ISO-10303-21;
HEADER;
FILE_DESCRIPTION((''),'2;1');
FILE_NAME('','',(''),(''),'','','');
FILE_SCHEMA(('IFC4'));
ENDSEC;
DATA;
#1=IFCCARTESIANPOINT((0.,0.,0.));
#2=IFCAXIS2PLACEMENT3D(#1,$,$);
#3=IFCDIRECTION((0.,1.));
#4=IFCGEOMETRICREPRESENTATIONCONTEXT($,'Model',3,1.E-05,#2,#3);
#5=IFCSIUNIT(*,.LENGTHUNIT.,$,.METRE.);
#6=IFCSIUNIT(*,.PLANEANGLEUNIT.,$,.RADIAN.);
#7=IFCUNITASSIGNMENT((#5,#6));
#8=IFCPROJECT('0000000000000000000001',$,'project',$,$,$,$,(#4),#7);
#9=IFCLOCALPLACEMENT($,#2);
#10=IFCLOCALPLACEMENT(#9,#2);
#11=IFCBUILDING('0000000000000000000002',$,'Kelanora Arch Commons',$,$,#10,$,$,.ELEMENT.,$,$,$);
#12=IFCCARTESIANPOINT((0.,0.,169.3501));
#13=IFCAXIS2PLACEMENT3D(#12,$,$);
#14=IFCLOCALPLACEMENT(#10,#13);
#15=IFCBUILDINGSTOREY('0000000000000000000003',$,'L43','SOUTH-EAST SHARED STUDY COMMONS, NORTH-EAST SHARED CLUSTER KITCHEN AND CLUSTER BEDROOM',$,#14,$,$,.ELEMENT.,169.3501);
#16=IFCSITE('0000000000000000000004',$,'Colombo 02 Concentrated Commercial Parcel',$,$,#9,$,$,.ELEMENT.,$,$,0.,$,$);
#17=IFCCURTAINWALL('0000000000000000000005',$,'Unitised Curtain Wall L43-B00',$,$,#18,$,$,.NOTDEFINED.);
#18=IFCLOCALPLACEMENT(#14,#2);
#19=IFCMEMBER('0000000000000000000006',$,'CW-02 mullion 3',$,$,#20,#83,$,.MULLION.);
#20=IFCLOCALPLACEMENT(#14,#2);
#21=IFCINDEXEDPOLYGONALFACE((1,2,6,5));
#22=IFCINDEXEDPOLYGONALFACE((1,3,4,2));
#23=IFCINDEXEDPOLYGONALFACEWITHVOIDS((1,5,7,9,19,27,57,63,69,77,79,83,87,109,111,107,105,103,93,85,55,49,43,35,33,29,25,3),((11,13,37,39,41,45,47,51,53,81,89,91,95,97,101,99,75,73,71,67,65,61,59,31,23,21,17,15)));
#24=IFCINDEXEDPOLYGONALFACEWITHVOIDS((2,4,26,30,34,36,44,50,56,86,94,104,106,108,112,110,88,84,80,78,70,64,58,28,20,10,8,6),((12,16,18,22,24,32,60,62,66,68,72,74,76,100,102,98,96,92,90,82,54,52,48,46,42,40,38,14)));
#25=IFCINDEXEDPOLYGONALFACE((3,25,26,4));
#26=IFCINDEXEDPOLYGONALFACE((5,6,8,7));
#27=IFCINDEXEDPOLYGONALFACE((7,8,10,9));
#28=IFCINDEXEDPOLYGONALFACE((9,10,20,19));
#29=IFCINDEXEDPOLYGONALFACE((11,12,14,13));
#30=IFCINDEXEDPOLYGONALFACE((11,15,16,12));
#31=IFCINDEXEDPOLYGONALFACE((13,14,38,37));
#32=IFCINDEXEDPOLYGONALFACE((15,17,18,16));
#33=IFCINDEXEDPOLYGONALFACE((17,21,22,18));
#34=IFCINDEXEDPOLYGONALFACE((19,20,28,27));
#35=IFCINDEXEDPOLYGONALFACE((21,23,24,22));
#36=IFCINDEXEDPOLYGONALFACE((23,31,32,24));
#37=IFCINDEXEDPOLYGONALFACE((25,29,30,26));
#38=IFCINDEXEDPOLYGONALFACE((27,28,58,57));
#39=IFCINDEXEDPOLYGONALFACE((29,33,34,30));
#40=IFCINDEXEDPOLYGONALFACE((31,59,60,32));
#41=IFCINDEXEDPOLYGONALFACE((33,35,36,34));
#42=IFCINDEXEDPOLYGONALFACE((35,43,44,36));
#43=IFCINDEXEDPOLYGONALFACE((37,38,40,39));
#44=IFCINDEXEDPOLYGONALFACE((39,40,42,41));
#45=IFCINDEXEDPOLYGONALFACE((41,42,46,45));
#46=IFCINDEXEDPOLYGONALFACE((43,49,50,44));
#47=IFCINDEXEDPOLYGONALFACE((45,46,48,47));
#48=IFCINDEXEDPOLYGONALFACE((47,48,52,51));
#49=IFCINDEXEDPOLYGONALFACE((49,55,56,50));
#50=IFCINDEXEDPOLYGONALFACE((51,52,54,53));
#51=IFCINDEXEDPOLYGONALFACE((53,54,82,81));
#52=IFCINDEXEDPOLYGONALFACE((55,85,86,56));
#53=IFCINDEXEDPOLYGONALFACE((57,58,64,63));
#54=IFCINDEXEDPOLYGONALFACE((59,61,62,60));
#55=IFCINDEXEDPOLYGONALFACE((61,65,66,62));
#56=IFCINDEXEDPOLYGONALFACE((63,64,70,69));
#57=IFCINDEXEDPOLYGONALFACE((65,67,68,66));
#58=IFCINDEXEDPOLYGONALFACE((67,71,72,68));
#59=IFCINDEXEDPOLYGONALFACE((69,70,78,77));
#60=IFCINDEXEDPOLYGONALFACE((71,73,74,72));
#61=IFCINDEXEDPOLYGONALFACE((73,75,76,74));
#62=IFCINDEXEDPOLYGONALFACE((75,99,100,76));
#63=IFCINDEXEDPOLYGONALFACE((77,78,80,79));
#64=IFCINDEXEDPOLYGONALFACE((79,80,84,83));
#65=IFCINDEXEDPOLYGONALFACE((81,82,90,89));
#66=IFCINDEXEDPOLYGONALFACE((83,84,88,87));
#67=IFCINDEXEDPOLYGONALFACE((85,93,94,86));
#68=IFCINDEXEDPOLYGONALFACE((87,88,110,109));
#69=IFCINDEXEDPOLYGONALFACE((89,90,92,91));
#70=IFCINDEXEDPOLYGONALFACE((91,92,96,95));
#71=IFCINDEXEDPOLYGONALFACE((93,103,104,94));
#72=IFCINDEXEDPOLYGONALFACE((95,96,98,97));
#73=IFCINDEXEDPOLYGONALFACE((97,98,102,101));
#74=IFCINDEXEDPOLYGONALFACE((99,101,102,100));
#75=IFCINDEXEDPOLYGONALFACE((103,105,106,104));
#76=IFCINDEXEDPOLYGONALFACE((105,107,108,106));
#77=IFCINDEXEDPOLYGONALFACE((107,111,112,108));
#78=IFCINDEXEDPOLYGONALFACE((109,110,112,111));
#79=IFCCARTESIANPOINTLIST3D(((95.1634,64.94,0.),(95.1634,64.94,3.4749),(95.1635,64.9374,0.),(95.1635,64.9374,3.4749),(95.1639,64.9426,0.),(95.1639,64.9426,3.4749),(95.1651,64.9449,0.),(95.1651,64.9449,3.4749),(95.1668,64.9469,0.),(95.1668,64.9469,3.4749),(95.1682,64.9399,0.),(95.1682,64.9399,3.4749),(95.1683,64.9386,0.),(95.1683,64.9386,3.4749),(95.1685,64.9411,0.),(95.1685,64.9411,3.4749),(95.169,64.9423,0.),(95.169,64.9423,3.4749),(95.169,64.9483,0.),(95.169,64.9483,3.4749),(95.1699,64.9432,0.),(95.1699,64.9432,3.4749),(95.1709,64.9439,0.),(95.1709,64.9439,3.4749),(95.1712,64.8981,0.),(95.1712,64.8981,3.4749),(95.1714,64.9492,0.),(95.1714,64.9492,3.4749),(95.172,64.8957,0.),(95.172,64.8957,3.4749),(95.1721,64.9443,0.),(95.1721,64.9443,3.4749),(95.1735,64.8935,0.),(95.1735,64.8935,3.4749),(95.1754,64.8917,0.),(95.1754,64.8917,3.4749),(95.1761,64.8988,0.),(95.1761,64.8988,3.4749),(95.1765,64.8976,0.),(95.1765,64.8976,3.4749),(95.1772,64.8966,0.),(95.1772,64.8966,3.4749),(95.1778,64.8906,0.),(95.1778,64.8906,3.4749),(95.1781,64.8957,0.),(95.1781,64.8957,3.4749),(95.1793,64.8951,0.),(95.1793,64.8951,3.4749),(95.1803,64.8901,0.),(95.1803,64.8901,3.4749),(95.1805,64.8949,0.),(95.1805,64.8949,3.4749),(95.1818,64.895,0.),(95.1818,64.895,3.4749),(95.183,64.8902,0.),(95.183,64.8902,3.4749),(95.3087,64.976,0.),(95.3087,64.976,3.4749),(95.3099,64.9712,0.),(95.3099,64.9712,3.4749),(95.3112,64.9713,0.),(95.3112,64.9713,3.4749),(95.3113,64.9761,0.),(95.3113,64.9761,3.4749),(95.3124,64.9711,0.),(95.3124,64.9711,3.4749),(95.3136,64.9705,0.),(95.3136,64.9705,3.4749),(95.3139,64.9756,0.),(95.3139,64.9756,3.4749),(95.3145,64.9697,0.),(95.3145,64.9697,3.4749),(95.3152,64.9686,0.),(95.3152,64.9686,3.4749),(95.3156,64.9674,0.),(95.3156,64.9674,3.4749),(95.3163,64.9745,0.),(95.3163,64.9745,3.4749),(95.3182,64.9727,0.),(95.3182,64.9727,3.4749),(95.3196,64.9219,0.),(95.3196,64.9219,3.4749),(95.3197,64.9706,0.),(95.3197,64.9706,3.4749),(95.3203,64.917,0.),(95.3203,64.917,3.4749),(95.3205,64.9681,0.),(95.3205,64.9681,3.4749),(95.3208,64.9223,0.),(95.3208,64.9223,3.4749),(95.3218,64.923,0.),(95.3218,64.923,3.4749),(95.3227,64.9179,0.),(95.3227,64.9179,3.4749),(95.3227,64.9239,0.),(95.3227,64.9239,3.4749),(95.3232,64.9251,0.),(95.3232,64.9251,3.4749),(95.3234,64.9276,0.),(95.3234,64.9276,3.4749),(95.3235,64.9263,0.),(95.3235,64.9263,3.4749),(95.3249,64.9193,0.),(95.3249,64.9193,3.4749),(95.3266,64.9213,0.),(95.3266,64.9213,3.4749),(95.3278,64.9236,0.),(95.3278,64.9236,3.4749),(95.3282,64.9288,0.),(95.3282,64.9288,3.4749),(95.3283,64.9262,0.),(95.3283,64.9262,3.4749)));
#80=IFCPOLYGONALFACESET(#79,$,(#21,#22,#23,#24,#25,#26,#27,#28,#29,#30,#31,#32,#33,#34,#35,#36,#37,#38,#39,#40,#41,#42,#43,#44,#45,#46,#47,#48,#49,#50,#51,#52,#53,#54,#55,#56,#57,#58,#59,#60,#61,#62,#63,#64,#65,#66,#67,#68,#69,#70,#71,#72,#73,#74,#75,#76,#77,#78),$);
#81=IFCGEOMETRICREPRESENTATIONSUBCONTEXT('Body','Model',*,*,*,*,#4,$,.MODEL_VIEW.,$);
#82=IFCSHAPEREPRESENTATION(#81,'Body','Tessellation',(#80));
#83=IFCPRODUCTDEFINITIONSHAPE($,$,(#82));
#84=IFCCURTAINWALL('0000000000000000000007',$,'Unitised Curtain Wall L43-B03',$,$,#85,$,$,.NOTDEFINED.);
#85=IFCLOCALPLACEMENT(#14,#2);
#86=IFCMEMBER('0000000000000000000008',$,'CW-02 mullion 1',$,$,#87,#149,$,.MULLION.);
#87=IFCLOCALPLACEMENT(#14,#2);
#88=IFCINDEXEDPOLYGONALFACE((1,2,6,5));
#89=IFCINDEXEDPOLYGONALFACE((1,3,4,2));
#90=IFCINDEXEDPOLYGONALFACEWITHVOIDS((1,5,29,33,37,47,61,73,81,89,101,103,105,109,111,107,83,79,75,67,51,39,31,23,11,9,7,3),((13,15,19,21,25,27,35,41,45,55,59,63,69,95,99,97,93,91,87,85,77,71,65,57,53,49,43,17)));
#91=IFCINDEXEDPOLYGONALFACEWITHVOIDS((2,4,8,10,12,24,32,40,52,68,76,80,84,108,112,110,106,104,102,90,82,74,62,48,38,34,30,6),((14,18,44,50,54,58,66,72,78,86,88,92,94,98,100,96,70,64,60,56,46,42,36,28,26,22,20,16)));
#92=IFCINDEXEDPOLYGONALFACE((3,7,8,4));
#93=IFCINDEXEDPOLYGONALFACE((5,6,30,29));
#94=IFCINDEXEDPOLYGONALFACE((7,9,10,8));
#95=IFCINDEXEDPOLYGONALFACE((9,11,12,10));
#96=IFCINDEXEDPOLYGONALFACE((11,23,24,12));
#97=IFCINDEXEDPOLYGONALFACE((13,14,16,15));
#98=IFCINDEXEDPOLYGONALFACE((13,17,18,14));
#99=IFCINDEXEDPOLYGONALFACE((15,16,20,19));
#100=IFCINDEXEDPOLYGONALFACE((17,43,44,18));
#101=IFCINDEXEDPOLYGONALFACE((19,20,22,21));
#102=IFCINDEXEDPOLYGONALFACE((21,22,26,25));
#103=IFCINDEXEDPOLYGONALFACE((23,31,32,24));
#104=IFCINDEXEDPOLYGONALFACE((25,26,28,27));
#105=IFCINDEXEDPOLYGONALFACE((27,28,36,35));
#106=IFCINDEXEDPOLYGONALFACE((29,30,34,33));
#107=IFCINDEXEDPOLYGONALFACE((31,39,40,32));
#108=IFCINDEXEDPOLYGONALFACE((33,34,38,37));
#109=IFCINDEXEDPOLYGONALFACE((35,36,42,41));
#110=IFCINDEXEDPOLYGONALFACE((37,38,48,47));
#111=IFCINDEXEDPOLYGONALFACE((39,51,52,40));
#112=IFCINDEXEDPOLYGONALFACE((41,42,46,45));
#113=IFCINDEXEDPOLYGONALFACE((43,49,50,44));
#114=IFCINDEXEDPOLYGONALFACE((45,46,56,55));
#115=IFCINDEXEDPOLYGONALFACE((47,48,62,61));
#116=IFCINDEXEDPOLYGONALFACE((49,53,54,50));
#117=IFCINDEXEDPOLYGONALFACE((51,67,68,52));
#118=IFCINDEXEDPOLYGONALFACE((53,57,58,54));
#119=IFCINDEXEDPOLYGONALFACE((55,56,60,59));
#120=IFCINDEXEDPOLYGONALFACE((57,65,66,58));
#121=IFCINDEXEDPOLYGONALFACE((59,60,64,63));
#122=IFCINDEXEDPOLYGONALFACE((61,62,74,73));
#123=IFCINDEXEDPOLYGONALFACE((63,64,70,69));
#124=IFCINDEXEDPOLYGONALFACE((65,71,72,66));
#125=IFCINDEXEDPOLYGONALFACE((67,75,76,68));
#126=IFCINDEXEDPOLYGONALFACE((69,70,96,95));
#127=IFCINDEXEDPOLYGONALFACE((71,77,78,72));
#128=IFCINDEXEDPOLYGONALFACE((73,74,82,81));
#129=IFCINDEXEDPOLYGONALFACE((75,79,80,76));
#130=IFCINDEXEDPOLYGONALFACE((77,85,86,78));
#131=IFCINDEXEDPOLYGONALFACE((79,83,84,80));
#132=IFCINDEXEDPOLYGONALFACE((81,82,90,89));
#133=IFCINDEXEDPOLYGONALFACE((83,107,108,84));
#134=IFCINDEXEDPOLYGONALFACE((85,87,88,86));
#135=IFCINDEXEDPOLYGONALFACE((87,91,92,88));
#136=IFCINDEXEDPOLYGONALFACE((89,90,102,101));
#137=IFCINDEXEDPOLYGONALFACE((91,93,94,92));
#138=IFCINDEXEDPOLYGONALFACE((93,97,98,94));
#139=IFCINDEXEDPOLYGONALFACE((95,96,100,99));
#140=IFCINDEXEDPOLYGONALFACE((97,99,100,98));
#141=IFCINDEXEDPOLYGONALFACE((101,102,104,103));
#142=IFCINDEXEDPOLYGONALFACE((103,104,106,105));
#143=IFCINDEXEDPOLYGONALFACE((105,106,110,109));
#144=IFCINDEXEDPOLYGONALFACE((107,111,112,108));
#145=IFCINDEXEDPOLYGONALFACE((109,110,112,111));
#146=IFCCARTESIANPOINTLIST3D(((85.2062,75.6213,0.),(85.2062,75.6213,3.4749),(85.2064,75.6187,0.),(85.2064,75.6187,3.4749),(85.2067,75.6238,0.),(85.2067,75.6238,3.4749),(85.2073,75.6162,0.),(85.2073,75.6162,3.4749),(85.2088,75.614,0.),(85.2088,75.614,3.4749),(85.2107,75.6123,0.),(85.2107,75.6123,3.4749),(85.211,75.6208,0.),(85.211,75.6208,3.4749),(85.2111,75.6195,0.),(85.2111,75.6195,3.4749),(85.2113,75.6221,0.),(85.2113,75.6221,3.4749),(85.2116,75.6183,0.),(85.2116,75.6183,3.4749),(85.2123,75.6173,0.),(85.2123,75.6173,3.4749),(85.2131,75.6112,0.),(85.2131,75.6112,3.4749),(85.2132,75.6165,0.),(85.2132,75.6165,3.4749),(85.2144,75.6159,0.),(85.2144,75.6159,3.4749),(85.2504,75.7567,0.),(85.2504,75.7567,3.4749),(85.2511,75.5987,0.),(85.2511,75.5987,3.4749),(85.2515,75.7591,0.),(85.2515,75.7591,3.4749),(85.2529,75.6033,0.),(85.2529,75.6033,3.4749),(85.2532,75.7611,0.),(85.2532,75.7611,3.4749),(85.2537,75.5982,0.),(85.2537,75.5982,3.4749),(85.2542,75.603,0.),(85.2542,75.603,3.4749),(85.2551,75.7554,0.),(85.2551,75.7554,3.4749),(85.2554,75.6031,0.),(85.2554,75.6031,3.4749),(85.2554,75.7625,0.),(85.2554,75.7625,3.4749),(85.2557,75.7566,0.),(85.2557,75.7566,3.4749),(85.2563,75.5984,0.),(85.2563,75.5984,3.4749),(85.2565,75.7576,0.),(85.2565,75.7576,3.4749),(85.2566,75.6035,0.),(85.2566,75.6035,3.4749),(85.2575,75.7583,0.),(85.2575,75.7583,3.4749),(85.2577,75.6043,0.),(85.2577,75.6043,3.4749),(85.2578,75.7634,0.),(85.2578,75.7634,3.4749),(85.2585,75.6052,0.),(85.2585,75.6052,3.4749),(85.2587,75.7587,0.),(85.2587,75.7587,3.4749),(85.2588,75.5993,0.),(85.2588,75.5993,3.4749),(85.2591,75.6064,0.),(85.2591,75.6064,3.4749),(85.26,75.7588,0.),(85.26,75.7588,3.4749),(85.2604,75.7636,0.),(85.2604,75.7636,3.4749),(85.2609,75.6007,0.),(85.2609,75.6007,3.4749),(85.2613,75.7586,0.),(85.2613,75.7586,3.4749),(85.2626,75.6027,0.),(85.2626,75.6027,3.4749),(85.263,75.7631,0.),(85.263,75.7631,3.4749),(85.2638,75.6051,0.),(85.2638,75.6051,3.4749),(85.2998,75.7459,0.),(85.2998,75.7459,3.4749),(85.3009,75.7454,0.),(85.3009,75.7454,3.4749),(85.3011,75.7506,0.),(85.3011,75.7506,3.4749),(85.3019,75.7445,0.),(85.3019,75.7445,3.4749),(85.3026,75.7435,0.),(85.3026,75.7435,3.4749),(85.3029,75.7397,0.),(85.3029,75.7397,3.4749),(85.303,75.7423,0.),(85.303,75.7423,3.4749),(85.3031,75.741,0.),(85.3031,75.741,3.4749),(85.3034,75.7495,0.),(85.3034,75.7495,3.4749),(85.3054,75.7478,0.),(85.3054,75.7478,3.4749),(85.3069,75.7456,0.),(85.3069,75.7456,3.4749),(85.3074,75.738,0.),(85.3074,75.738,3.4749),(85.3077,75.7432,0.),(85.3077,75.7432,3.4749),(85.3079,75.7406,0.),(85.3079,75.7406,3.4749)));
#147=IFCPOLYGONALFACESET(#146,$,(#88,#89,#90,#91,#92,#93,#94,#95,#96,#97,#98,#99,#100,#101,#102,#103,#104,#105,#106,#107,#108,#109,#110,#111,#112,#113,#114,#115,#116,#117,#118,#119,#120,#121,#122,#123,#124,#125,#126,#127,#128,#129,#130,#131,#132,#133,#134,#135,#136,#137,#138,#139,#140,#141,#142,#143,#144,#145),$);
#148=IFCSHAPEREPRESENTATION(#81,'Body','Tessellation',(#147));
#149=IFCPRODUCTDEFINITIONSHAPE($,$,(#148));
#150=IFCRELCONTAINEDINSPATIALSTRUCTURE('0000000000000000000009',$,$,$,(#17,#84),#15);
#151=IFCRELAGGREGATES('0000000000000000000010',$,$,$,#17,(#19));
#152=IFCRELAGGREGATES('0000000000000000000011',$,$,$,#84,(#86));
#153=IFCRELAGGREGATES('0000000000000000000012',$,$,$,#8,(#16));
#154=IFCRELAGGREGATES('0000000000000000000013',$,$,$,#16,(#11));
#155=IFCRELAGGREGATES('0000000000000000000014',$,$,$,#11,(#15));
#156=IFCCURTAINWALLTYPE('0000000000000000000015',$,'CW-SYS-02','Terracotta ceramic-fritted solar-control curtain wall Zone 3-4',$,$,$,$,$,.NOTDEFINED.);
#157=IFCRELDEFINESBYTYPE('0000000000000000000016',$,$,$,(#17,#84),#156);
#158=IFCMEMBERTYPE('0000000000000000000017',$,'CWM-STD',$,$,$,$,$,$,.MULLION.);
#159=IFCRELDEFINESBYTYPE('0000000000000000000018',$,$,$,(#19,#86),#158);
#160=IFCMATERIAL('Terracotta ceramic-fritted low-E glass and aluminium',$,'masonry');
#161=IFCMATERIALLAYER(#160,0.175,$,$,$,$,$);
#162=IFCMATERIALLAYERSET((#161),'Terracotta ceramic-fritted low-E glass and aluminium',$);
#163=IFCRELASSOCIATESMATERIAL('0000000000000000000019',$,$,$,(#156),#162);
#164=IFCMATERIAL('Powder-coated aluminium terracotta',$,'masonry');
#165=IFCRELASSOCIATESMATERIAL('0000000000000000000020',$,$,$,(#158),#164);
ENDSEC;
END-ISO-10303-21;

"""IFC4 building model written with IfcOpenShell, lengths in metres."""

from ifc_helpers import new_model, si_unit, direction, frame, origin, origin_2d, place, context, subcontext, project, spatial, hollow_rectangle, extrude, material, layer, layer_set, material_profile, profile_set, type_object, element, aggregate, save


model = new_model("IFC4")

# Units and contexts
model_context = context("Model", 3, precision=1e-05, world=origin(), true_north=direction((0.0, 1.0)))
body_context = subcontext(model_context, "Body", "Model", "MODEL_VIEW")
ifc_project = project(units=[si_unit("LENGTHUNIT", "METRE"), si_unit("PLANEANGLEUNIT", "RADIAN")], contexts=[model_context])

# Site, building, storey
site_placement = place(None, origin())
site = spatial("IfcSite", under=ifc_project, at=site_placement, Name="Colombo 02 Concentrated Commercial Parcel", CompositionType="ELEMENT", RefElevation=0.0)
building_placement = place(site_placement, origin())
building = spatial("IfcBuilding", under=site, at=building_placement, Name="Kelanora Arch Commons", CompositionType="ELEMENT")
storey_placement = place(building_placement, frame((0.0, 0.0, 169.3501)))
storey = spatial("IfcBuildingStorey", under=building, at=storey_placement, Name="L43", Description="SOUTH-EAST SHARED STUDY COMMONS, NORTH-EAST SHARED CLUSTER KITCHEN AND CLUSTER BEDROOM", CompositionType="ELEMENT", Elevation=169.3501)

# Curtain wall, member
ifc_material_1 = material(Name="Terracotta ceramic-fritted low-E glass and aluminium", Category="masonry")
ifc_layer_1 = layer(ifc_material_1, 0.175)
ifc_layer_set_1 = layer_set([ifc_layer_1], Name="Terracotta ceramic-fritted low-E glass and aluminium")
curtain_wall_type = type_object("IfcCurtainWallType", Name="CW-SYS-02", Description="Terracotta ceramic-fritted solar-control curtain wall Zone 3-4", PredefinedType="NOTDEFINED", material=ifc_layer_set_1)
curtain_wall_1_placement = place(storey_placement, origin())
curtain_wall_1 = element("IfcCurtainWall", 1, at=curtain_wall_1_placement, inside=storey, type_object=curtain_wall_type, Name="Unitised Curtain Wall L43-B00", PredefinedType="NOTDEFINED")
ifc_material_2 = material(Name="Powder-coated aluminium terracotta", Category="masonry")
ifc_material_profile_1 = material_profile(ifc_material_2, hollow_rectangle(XDim=0.1599, YDim=0.0601, WallThickness=0.0049, InnerFilletRadius=0.0049, OuterFilletRadius=0.01, at=origin_2d()), Name="CWM160x60")
ifc_profile_set_1 = profile_set([ifc_material_profile_1], Name="Powder-coated aluminium terracotta")
member_type_1 = type_object("IfcMemberType", Name="CWM-STD", PredefinedType="MULLION", material=ifc_profile_set_1)
member_1_placement = place(storey_placement, frame((95.2458, 64.9331, 0.0), z_axis=(0.0, 0.0, 1.0), x_axis=(-0.981453, -0.191705, 0.0)))
member_1 = element("IfcMember", 2, at=member_1_placement, type_object=member_type_1, Name="CW-02 mullion 3", PredefinedType="MULLION", context=body_context, shape_type="SweptSolid", body=[
    extrude(hollow_rectangle(XDim=0.1599, YDim=0.0601, WallThickness=0.0049, InnerFilletRadius=0.0049, OuterFilletRadius=0.01, at=origin_2d()), origin(), (0.0, 0.0, 1.0), 3.4749),
])
aggregate(curtain_wall_1, [member_1])

# Curtain wall, member
curtain_wall_2_placement = place(storey_placement, origin())
curtain_wall_2 = element("IfcCurtainWall", 3, at=curtain_wall_2_placement, inside=storey, type_object=curtain_wall_type, Name="Unitised Curtain Wall L43-B03", PredefinedType="NOTDEFINED")
member_2_placement = place(storey_placement, frame((85.2571, 75.6809, 0.0), z_axis=(0.0, 0.0, 1.0), x_axis=(-0.312128, -0.95004, 0.0)))
member_2 = element("IfcMember", 4, at=member_2_placement, type_object=member_type_1, Name="CW-02 mullion 1", PredefinedType="MULLION", context=body_context, shape_type="SweptSolid", body=[
    extrude(hollow_rectangle(XDim=0.1599, YDim=0.0601, WallThickness=0.0049, InnerFilletRadius=0.0049, OuterFilletRadius=0.01, at=origin_2d()), origin(), (0.0, 0.0, 1.0), 3.4749),
])
aggregate(curtain_wall_2, [member_2])

save(model, "model.ifc")
